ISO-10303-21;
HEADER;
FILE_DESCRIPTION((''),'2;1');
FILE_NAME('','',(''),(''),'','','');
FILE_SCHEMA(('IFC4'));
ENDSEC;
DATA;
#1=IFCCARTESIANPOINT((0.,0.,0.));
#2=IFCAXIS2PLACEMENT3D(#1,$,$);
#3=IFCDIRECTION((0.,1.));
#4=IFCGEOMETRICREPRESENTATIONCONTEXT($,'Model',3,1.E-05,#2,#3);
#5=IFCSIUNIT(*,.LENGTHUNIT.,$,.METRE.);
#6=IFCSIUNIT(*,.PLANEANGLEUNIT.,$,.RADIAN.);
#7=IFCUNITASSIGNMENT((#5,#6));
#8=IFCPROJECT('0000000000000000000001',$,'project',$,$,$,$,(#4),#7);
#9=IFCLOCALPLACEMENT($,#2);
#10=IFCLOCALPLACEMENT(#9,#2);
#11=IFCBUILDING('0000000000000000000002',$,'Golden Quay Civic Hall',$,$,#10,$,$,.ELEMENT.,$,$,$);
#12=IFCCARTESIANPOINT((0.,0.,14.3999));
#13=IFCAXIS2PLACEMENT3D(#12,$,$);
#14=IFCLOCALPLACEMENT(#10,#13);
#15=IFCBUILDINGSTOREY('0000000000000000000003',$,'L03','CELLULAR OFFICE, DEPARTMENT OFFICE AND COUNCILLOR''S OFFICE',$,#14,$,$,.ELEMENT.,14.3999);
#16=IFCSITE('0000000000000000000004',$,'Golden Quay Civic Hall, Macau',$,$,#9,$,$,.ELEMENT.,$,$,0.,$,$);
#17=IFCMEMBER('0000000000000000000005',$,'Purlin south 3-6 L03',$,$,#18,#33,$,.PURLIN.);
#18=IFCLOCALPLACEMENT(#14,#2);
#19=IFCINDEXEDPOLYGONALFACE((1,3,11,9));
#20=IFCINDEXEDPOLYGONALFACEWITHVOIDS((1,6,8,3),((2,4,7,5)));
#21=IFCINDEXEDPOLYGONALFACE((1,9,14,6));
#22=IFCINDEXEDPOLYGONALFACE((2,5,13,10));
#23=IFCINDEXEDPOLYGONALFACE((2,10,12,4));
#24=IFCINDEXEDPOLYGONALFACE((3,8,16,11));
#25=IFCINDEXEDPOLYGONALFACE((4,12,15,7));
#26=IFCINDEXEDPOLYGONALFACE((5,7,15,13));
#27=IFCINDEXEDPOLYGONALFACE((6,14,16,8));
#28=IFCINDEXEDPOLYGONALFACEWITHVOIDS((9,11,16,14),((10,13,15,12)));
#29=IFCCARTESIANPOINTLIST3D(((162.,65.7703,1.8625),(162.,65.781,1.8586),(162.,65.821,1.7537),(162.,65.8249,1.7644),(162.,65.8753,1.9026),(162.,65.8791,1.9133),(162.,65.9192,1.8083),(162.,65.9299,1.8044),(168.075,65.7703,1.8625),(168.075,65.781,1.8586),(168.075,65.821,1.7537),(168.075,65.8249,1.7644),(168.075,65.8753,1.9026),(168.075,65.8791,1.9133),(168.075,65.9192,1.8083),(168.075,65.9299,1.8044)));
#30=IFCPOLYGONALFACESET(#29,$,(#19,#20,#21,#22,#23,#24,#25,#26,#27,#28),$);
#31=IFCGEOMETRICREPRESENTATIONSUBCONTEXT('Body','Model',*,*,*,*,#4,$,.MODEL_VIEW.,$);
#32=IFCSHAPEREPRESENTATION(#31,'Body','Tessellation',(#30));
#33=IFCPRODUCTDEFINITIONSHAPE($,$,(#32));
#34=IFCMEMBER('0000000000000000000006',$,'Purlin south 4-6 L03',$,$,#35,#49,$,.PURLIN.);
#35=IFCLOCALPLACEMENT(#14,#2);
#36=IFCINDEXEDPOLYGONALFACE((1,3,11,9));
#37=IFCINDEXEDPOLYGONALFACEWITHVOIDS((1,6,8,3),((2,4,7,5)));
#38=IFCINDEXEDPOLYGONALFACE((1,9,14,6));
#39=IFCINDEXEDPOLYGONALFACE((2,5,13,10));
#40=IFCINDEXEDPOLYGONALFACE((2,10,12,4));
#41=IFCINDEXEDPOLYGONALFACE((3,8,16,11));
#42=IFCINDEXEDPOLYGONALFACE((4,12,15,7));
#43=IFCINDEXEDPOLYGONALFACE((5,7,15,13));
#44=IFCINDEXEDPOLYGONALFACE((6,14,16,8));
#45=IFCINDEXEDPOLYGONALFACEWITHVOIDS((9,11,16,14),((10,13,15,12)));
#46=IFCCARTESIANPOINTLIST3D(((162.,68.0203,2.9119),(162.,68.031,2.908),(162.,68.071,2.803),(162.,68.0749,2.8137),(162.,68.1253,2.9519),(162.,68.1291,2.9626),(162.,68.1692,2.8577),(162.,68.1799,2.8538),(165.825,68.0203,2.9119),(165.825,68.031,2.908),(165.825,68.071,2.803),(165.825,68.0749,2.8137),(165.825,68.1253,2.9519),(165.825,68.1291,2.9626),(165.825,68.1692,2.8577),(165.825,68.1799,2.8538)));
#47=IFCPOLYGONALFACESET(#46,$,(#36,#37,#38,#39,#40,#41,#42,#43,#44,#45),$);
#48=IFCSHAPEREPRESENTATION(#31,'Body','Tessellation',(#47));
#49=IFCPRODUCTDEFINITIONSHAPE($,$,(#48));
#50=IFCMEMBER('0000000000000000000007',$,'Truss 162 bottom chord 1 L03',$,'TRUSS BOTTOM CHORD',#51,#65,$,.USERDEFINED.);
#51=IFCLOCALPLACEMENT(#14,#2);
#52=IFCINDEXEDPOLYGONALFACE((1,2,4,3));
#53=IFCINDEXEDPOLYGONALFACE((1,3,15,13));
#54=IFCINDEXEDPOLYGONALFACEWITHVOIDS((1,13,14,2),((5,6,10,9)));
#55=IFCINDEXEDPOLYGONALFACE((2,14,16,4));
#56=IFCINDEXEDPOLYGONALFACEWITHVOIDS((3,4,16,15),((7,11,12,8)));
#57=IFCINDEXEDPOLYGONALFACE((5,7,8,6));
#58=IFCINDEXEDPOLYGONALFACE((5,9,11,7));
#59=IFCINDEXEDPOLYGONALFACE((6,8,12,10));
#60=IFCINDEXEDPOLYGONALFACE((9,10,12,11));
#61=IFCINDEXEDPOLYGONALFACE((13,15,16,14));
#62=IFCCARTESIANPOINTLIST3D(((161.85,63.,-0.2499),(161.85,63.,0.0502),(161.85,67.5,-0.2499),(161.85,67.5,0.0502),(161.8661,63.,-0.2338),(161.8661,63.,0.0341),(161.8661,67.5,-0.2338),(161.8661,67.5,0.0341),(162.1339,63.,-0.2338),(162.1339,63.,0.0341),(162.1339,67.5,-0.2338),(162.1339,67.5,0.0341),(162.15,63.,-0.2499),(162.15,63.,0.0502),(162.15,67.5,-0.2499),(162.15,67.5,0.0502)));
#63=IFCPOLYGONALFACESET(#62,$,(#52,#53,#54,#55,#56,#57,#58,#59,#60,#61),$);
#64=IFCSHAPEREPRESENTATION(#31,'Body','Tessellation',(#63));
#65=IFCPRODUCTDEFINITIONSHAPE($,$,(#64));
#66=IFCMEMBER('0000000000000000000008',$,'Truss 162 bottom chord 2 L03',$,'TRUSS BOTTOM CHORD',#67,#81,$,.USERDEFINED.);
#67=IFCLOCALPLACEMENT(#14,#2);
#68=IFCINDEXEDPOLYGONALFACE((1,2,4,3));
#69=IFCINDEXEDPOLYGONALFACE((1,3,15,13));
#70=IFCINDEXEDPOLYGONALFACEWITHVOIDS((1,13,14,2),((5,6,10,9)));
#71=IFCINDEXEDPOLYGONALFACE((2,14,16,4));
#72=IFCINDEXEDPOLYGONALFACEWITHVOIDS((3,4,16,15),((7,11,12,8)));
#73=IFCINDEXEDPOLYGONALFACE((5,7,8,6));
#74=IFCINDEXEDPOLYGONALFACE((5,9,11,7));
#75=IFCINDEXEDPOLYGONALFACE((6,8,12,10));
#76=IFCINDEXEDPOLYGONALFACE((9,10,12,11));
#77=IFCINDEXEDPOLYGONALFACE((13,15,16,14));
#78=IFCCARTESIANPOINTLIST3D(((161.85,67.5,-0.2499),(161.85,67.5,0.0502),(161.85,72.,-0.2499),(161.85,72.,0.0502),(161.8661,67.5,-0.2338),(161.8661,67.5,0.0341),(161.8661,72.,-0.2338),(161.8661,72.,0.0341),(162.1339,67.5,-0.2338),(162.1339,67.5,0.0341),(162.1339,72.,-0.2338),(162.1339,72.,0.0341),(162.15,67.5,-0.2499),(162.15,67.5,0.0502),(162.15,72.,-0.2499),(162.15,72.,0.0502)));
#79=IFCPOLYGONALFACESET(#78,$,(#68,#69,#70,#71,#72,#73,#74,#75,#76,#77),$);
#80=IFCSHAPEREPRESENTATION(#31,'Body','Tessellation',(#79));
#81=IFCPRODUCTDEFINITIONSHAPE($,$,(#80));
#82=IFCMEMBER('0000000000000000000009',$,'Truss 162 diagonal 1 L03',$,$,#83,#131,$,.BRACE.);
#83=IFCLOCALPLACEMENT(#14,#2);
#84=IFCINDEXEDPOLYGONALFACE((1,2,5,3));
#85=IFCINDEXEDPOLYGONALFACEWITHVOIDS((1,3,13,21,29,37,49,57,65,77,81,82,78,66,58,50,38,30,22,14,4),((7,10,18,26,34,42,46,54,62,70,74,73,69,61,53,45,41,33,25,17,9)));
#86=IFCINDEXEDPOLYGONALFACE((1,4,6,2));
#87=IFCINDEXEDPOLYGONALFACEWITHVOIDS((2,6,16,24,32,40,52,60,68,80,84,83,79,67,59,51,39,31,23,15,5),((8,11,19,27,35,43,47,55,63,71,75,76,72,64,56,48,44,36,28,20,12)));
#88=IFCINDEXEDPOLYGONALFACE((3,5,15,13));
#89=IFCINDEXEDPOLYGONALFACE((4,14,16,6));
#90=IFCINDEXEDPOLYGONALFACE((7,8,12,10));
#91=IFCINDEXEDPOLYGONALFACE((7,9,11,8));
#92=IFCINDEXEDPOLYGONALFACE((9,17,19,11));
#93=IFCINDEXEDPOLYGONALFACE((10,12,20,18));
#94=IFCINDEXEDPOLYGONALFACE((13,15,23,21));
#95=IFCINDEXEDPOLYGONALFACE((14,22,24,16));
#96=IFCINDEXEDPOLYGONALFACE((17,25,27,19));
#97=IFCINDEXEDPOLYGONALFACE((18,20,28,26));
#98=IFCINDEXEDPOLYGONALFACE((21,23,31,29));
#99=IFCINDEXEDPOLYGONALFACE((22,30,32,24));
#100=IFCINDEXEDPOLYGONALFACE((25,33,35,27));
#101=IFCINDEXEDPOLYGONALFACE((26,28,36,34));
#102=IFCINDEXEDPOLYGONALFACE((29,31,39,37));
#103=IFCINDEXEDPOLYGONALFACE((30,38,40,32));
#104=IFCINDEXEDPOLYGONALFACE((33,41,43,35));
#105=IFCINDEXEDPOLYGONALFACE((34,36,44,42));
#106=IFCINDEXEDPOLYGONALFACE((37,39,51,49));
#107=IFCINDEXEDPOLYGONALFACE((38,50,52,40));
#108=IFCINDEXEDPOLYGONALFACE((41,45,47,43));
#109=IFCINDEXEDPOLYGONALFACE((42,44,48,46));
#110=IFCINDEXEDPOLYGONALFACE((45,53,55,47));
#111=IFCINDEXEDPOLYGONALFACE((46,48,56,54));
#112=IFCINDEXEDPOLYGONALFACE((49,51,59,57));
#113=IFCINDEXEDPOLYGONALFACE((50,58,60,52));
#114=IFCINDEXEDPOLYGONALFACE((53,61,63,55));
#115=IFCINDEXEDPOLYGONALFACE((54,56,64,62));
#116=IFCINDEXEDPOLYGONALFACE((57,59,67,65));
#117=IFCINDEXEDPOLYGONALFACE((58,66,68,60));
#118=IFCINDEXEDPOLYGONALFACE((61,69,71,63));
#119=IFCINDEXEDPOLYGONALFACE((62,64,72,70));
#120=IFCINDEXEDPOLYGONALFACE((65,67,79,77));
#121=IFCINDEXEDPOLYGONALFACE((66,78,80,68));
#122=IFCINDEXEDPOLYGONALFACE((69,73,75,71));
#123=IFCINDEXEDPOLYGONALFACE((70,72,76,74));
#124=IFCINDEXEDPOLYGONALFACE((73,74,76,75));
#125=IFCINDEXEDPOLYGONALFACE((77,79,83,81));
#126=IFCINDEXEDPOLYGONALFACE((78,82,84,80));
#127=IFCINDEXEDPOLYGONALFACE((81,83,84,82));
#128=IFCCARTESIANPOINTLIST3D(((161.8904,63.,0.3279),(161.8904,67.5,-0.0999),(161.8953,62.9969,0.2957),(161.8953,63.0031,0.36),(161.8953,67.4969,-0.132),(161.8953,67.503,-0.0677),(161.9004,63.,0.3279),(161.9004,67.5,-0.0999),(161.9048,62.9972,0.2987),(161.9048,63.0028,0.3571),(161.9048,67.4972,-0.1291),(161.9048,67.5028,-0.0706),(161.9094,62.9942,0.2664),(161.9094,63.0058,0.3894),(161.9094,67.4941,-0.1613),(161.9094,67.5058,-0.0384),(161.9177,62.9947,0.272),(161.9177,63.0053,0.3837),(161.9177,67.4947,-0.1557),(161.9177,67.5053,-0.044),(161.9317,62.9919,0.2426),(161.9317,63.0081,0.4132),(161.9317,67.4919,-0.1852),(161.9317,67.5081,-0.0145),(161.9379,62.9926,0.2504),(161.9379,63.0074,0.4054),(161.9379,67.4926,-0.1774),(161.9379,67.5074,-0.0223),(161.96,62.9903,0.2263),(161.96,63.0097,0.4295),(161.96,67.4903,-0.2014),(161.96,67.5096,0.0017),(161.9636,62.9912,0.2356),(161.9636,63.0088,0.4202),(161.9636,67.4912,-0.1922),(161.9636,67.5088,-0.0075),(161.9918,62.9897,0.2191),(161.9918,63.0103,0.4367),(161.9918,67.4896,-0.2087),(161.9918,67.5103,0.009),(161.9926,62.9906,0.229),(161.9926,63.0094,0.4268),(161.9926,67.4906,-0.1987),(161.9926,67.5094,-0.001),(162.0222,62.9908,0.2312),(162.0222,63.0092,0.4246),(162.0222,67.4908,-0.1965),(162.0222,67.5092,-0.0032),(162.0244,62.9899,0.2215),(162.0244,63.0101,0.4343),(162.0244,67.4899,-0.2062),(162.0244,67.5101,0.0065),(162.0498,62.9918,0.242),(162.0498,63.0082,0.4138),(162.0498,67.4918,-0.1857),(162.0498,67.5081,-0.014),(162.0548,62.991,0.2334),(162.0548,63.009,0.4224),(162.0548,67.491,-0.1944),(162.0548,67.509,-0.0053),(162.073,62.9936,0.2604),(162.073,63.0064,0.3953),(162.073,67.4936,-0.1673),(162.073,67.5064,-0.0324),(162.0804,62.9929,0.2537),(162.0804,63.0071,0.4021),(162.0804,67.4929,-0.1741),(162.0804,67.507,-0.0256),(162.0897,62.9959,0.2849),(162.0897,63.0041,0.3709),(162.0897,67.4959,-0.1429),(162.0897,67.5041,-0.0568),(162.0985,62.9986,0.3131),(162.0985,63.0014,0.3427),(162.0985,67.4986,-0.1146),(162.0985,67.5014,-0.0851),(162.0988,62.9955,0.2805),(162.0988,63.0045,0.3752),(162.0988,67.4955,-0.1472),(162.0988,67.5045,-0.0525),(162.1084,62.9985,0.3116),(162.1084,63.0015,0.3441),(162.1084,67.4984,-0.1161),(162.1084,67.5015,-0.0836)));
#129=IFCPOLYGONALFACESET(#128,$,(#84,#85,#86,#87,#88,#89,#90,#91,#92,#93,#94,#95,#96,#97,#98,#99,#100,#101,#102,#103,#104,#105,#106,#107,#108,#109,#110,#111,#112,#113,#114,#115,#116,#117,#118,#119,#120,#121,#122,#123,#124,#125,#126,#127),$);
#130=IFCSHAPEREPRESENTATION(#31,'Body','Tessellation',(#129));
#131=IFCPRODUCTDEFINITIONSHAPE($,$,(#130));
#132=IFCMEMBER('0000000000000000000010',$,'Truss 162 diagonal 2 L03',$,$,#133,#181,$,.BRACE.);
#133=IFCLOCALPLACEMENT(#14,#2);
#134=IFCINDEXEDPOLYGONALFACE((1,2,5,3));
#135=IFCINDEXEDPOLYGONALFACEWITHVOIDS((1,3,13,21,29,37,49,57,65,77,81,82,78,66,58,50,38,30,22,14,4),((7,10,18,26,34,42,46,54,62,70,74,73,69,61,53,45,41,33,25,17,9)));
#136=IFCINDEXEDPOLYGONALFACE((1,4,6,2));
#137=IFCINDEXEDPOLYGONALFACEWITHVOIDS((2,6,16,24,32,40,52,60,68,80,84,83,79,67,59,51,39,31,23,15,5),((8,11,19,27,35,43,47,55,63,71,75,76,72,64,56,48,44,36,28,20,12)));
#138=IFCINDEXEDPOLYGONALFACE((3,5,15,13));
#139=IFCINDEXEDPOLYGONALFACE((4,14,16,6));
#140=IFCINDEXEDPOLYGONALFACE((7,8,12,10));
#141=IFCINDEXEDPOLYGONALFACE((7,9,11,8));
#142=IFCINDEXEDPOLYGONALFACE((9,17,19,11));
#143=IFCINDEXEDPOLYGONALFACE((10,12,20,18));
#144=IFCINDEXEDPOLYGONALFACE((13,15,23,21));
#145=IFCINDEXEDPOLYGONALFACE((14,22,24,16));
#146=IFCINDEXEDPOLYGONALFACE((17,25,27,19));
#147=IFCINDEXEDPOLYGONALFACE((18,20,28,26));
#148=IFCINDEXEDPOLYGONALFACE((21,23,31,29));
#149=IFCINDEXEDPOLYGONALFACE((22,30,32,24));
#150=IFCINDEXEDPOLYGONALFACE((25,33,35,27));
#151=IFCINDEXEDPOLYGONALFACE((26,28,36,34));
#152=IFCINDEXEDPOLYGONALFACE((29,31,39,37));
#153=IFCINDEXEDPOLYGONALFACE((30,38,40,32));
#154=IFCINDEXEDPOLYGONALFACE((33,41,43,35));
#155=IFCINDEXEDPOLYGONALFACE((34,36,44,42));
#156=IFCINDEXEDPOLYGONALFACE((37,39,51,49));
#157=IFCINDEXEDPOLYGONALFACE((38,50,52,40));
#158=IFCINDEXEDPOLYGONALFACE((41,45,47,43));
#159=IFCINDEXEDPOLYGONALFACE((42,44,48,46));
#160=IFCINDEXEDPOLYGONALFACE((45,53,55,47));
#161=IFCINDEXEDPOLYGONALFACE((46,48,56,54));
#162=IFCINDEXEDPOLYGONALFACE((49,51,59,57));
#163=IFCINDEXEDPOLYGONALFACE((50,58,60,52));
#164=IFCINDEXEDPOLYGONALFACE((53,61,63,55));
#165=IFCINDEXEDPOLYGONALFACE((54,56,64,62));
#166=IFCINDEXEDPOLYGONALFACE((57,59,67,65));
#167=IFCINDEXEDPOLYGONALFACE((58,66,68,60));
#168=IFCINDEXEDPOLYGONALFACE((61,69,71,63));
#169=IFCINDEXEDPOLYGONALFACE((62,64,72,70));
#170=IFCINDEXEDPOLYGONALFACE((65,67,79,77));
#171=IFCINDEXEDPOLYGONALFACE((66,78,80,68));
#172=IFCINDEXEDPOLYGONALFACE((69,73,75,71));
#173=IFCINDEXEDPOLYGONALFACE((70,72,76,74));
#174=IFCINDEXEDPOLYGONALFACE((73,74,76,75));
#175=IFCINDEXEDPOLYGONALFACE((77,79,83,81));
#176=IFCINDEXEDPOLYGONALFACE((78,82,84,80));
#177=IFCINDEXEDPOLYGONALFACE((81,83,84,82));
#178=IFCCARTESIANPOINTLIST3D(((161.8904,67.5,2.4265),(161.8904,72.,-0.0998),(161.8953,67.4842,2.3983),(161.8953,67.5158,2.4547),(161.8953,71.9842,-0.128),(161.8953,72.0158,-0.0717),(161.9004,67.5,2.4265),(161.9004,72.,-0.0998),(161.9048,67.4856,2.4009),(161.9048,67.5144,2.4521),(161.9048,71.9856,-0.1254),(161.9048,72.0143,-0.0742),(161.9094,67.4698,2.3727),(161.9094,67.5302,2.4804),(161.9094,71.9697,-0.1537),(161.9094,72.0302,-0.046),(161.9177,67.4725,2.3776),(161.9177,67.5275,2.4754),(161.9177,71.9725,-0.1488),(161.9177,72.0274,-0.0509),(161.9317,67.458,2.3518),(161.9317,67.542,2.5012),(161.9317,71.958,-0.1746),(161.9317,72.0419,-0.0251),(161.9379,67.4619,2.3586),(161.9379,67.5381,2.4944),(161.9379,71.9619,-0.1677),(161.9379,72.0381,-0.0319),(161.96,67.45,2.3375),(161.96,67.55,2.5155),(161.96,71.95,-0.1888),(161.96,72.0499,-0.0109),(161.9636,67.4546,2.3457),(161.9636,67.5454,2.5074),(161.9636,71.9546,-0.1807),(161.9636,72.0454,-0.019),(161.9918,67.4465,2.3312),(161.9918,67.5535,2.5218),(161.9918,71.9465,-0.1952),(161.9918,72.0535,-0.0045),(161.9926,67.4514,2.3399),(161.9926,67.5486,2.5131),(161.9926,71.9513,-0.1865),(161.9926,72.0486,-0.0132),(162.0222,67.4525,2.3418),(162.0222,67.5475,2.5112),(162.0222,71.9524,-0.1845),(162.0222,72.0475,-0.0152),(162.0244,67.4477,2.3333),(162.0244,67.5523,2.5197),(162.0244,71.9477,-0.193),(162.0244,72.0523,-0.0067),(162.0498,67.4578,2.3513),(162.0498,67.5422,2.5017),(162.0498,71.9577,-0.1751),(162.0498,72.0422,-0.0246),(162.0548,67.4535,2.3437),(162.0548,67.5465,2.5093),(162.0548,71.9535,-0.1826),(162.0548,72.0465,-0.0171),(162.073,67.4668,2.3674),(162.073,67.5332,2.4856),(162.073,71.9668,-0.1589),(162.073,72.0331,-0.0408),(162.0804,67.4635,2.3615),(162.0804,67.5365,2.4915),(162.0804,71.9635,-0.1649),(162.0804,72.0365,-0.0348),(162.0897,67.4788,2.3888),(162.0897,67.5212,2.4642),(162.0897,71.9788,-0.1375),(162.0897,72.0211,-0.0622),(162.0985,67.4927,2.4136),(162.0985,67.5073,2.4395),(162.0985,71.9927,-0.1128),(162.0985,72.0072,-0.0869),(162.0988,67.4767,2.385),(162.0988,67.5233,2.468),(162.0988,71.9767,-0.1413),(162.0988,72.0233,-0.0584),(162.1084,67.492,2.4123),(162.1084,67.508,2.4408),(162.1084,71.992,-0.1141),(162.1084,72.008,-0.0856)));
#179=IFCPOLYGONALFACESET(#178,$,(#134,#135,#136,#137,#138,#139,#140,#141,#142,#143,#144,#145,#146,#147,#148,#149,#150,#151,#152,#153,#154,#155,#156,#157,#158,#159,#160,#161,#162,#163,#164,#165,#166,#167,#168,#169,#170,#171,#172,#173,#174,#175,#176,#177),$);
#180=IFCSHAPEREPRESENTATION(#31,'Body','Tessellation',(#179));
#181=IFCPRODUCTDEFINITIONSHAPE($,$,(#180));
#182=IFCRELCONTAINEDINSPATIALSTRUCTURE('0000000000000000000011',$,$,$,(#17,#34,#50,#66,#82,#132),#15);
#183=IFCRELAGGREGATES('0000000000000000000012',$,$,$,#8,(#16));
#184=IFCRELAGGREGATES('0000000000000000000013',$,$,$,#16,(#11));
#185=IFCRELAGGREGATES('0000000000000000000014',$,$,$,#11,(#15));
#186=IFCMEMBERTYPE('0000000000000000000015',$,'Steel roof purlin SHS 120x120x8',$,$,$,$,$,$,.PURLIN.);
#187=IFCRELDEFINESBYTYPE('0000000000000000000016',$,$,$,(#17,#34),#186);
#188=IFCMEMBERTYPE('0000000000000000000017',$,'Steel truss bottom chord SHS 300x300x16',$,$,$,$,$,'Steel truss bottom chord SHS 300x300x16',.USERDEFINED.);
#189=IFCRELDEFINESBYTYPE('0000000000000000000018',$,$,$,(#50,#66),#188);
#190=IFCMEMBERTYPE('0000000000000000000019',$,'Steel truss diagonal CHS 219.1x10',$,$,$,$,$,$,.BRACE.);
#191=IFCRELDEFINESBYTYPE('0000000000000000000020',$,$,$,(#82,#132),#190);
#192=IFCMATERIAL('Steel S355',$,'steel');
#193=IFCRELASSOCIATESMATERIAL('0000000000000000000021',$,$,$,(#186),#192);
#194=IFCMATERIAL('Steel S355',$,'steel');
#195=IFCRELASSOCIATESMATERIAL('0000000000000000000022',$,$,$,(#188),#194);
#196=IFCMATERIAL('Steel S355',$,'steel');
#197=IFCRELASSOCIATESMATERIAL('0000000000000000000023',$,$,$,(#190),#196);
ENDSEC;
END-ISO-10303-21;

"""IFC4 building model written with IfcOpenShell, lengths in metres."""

from ifc_helpers import new_model, si_unit, direction, frame, origin, origin_2d, place, context, subcontext, project, spatial, hollow_rectangle, hollow_circle, extrude, material, material_profile, profile_set, type_object, element, save


model = new_model("IFC4")

# Units and contexts
model_context = context("Model", 3, precision=1e-05, world=origin(), true_north=direction((0.0, 1.0)))
body_context = subcontext(model_context, "Body", "Model", "MODEL_VIEW")
ifc_project = project(units=[si_unit("LENGTHUNIT", "METRE"), si_unit("PLANEANGLEUNIT", "RADIAN")], contexts=[model_context])

# Site, building, storey
site_placement = place(None, origin())
site = spatial("IfcSite", under=ifc_project, at=site_placement, Name="Golden Quay Civic Hall, Macau", CompositionType="ELEMENT", RefElevation=0.0)
building_placement = place(site_placement, origin())
building = spatial("IfcBuilding", under=site, at=building_placement, Name="Golden Quay Civic Hall", CompositionType="ELEMENT")
storey_placement = place(building_placement, frame((0.0, 0.0, 14.3999)))
storey = spatial("IfcBuildingStorey", under=building, at=storey_placement, Name="L03", Description="CELLULAR OFFICE, DEPARTMENT OFFICE AND COUNCILLOR'S OFFICE", CompositionType="ELEMENT", Elevation=14.3999)

# Members
ifc_material_1 = material(Name="Steel S355", Category="steel")
ifc_material_profile_1 = material_profile(ifc_material_1, hollow_rectangle(XDim=0.1201, YDim=0.1201, WallThickness=0.0081, at=origin_2d()), Name="SHS 120x120x8")
ifc_profile_set_1 = profile_set([ifc_material_profile_1], Name="Steel S355")
member_type_1 = type_object("IfcMemberType", Name="Steel roof purlin SHS 120x120x8", PredefinedType="PURLIN", material=ifc_profile_set_1)
member_1_placement = place(storey_placement, frame((162.0, 65.8501, 1.8335), z_axis=(1.0, 0.0, 0.0), x_axis=(0.0, 0.906308, 0.422618)))
element("IfcMember", 1, at=member_1_placement, inside=storey, type_object=member_type_1, Name="Purlin south 3-6 L03", PredefinedType="PURLIN", context=body_context, shape_type="SweptSolid", body=[
    extrude(hollow_rectangle(XDim=0.1201, YDim=0.1201, WallThickness=0.0081, at=origin_2d()), origin(), (0.0, 0.0, 1.0), 6.075),
])
member_2_placement = place(storey_placement, frame((162.0, 68.1001, 2.8828), z_axis=(1.0, 0.0, 0.0), x_axis=(0.0, 0.906308, 0.422618)))
element("IfcMember", 2, at=member_2_placement, inside=storey, type_object=member_type_1, Name="Purlin south 4-6 L03", PredefinedType="PURLIN", context=body_context, shape_type="SweptSolid", body=[
    extrude(hollow_rectangle(XDim=0.1201, YDim=0.1201, WallThickness=0.0081, at=origin_2d()), origin(), (0.0, 0.0, 1.0), 3.825),
])
ifc_material_2 = material(Name="Steel S355", Category="steel")
ifc_material_profile_2 = material_profile(ifc_material_2, hollow_rectangle(XDim=0.3, YDim=0.3, WallThickness=0.0161, at=origin_2d()), Name="SHS 300x300x16")
ifc_profile_set_2 = profile_set([ifc_material_profile_2], Name="Steel S355")
member_type_2 = type_object("IfcMemberType", Name="Steel truss bottom chord SHS 300x300x16", ElementType="Steel truss bottom chord SHS 300x300x16", PredefinedType="USERDEFINED", material=ifc_profile_set_2)
for number, where, z_axis, x_axis, name in (
    (3, (162.0, 63.0, -0.0999), (0.0, 1.0, 0.0), (-1.0, 0.0, 0.0), "Truss 162 bottom chord 1 L03"),
    (4, (162.0, 67.5, -0.0999), (0.0, 1.0, 0.0), (-1.0, 0.0, 0.0), "Truss 162 bottom chord 2 L03"),
):
    element("IfcMember", number, at=place(storey_placement, frame(where, z_axis=z_axis, x_axis=x_axis)), inside=storey, type_object=member_type_2, Name=name, ObjectType="TRUSS BOTTOM CHORD", PredefinedType="USERDEFINED", context=body_context, shape_type="SweptSolid", body=[
        extrude(hollow_rectangle(XDim=0.3, YDim=0.3, WallThickness=0.0161, at=origin_2d()), origin(), (0.0, 0.0, 1.0), 4.5),
    ])
ifc_material_3 = material(Name="Steel S355", Category="steel")
ifc_material_profile_3 = material_profile(ifc_material_3, hollow_circle(Radius=0.1096, WallThickness=0.01, at=origin_2d()), Name="CHS 219.1x10")
ifc_profile_set_3 = profile_set([ifc_material_profile_3], Name="Steel S355")
member_type_3 = type_object("IfcMemberType", Name="Steel truss diagonal CHS 219.1x10", PredefinedType="BRACE", material=ifc_profile_set_3)
member_3_placement = place(storey_placement, frame((162.0, 63.0, 0.3279), z_axis=(0.0, 0.995513, -0.094626), x_axis=(-1.0, 0.0, 0.0)))
element("IfcMember", 5, at=member_3_placement, inside=storey, type_object=member_type_3, Name="Truss 162 diagonal 1 L03", PredefinedType="BRACE", context=body_context, shape_type="SweptSolid", body=[
    extrude(hollow_circle(Radius=0.1096, WallThickness=0.01, at=origin_2d()), origin(), (0.0, 0.0, 1.0), 4.5203),
])
member_4_placement = place(storey_placement, frame((162.0, 67.5, 2.4265), z_axis=(0.0, 0.87198, -0.489542), x_axis=(-1.0, 0.0, 0.0)))
element("IfcMember", 6, at=member_4_placement, inside=storey, type_object=member_type_3, Name="Truss 162 diagonal 2 L03", PredefinedType="BRACE", context=body_context, shape_type="SweptSolid", body=[
    extrude(hollow_circle(Radius=0.1096, WallThickness=0.01, at=origin_2d()), origin(), (0.0, 0.0, 1.0), 5.1606),
])

save(model, "model.ifc")
